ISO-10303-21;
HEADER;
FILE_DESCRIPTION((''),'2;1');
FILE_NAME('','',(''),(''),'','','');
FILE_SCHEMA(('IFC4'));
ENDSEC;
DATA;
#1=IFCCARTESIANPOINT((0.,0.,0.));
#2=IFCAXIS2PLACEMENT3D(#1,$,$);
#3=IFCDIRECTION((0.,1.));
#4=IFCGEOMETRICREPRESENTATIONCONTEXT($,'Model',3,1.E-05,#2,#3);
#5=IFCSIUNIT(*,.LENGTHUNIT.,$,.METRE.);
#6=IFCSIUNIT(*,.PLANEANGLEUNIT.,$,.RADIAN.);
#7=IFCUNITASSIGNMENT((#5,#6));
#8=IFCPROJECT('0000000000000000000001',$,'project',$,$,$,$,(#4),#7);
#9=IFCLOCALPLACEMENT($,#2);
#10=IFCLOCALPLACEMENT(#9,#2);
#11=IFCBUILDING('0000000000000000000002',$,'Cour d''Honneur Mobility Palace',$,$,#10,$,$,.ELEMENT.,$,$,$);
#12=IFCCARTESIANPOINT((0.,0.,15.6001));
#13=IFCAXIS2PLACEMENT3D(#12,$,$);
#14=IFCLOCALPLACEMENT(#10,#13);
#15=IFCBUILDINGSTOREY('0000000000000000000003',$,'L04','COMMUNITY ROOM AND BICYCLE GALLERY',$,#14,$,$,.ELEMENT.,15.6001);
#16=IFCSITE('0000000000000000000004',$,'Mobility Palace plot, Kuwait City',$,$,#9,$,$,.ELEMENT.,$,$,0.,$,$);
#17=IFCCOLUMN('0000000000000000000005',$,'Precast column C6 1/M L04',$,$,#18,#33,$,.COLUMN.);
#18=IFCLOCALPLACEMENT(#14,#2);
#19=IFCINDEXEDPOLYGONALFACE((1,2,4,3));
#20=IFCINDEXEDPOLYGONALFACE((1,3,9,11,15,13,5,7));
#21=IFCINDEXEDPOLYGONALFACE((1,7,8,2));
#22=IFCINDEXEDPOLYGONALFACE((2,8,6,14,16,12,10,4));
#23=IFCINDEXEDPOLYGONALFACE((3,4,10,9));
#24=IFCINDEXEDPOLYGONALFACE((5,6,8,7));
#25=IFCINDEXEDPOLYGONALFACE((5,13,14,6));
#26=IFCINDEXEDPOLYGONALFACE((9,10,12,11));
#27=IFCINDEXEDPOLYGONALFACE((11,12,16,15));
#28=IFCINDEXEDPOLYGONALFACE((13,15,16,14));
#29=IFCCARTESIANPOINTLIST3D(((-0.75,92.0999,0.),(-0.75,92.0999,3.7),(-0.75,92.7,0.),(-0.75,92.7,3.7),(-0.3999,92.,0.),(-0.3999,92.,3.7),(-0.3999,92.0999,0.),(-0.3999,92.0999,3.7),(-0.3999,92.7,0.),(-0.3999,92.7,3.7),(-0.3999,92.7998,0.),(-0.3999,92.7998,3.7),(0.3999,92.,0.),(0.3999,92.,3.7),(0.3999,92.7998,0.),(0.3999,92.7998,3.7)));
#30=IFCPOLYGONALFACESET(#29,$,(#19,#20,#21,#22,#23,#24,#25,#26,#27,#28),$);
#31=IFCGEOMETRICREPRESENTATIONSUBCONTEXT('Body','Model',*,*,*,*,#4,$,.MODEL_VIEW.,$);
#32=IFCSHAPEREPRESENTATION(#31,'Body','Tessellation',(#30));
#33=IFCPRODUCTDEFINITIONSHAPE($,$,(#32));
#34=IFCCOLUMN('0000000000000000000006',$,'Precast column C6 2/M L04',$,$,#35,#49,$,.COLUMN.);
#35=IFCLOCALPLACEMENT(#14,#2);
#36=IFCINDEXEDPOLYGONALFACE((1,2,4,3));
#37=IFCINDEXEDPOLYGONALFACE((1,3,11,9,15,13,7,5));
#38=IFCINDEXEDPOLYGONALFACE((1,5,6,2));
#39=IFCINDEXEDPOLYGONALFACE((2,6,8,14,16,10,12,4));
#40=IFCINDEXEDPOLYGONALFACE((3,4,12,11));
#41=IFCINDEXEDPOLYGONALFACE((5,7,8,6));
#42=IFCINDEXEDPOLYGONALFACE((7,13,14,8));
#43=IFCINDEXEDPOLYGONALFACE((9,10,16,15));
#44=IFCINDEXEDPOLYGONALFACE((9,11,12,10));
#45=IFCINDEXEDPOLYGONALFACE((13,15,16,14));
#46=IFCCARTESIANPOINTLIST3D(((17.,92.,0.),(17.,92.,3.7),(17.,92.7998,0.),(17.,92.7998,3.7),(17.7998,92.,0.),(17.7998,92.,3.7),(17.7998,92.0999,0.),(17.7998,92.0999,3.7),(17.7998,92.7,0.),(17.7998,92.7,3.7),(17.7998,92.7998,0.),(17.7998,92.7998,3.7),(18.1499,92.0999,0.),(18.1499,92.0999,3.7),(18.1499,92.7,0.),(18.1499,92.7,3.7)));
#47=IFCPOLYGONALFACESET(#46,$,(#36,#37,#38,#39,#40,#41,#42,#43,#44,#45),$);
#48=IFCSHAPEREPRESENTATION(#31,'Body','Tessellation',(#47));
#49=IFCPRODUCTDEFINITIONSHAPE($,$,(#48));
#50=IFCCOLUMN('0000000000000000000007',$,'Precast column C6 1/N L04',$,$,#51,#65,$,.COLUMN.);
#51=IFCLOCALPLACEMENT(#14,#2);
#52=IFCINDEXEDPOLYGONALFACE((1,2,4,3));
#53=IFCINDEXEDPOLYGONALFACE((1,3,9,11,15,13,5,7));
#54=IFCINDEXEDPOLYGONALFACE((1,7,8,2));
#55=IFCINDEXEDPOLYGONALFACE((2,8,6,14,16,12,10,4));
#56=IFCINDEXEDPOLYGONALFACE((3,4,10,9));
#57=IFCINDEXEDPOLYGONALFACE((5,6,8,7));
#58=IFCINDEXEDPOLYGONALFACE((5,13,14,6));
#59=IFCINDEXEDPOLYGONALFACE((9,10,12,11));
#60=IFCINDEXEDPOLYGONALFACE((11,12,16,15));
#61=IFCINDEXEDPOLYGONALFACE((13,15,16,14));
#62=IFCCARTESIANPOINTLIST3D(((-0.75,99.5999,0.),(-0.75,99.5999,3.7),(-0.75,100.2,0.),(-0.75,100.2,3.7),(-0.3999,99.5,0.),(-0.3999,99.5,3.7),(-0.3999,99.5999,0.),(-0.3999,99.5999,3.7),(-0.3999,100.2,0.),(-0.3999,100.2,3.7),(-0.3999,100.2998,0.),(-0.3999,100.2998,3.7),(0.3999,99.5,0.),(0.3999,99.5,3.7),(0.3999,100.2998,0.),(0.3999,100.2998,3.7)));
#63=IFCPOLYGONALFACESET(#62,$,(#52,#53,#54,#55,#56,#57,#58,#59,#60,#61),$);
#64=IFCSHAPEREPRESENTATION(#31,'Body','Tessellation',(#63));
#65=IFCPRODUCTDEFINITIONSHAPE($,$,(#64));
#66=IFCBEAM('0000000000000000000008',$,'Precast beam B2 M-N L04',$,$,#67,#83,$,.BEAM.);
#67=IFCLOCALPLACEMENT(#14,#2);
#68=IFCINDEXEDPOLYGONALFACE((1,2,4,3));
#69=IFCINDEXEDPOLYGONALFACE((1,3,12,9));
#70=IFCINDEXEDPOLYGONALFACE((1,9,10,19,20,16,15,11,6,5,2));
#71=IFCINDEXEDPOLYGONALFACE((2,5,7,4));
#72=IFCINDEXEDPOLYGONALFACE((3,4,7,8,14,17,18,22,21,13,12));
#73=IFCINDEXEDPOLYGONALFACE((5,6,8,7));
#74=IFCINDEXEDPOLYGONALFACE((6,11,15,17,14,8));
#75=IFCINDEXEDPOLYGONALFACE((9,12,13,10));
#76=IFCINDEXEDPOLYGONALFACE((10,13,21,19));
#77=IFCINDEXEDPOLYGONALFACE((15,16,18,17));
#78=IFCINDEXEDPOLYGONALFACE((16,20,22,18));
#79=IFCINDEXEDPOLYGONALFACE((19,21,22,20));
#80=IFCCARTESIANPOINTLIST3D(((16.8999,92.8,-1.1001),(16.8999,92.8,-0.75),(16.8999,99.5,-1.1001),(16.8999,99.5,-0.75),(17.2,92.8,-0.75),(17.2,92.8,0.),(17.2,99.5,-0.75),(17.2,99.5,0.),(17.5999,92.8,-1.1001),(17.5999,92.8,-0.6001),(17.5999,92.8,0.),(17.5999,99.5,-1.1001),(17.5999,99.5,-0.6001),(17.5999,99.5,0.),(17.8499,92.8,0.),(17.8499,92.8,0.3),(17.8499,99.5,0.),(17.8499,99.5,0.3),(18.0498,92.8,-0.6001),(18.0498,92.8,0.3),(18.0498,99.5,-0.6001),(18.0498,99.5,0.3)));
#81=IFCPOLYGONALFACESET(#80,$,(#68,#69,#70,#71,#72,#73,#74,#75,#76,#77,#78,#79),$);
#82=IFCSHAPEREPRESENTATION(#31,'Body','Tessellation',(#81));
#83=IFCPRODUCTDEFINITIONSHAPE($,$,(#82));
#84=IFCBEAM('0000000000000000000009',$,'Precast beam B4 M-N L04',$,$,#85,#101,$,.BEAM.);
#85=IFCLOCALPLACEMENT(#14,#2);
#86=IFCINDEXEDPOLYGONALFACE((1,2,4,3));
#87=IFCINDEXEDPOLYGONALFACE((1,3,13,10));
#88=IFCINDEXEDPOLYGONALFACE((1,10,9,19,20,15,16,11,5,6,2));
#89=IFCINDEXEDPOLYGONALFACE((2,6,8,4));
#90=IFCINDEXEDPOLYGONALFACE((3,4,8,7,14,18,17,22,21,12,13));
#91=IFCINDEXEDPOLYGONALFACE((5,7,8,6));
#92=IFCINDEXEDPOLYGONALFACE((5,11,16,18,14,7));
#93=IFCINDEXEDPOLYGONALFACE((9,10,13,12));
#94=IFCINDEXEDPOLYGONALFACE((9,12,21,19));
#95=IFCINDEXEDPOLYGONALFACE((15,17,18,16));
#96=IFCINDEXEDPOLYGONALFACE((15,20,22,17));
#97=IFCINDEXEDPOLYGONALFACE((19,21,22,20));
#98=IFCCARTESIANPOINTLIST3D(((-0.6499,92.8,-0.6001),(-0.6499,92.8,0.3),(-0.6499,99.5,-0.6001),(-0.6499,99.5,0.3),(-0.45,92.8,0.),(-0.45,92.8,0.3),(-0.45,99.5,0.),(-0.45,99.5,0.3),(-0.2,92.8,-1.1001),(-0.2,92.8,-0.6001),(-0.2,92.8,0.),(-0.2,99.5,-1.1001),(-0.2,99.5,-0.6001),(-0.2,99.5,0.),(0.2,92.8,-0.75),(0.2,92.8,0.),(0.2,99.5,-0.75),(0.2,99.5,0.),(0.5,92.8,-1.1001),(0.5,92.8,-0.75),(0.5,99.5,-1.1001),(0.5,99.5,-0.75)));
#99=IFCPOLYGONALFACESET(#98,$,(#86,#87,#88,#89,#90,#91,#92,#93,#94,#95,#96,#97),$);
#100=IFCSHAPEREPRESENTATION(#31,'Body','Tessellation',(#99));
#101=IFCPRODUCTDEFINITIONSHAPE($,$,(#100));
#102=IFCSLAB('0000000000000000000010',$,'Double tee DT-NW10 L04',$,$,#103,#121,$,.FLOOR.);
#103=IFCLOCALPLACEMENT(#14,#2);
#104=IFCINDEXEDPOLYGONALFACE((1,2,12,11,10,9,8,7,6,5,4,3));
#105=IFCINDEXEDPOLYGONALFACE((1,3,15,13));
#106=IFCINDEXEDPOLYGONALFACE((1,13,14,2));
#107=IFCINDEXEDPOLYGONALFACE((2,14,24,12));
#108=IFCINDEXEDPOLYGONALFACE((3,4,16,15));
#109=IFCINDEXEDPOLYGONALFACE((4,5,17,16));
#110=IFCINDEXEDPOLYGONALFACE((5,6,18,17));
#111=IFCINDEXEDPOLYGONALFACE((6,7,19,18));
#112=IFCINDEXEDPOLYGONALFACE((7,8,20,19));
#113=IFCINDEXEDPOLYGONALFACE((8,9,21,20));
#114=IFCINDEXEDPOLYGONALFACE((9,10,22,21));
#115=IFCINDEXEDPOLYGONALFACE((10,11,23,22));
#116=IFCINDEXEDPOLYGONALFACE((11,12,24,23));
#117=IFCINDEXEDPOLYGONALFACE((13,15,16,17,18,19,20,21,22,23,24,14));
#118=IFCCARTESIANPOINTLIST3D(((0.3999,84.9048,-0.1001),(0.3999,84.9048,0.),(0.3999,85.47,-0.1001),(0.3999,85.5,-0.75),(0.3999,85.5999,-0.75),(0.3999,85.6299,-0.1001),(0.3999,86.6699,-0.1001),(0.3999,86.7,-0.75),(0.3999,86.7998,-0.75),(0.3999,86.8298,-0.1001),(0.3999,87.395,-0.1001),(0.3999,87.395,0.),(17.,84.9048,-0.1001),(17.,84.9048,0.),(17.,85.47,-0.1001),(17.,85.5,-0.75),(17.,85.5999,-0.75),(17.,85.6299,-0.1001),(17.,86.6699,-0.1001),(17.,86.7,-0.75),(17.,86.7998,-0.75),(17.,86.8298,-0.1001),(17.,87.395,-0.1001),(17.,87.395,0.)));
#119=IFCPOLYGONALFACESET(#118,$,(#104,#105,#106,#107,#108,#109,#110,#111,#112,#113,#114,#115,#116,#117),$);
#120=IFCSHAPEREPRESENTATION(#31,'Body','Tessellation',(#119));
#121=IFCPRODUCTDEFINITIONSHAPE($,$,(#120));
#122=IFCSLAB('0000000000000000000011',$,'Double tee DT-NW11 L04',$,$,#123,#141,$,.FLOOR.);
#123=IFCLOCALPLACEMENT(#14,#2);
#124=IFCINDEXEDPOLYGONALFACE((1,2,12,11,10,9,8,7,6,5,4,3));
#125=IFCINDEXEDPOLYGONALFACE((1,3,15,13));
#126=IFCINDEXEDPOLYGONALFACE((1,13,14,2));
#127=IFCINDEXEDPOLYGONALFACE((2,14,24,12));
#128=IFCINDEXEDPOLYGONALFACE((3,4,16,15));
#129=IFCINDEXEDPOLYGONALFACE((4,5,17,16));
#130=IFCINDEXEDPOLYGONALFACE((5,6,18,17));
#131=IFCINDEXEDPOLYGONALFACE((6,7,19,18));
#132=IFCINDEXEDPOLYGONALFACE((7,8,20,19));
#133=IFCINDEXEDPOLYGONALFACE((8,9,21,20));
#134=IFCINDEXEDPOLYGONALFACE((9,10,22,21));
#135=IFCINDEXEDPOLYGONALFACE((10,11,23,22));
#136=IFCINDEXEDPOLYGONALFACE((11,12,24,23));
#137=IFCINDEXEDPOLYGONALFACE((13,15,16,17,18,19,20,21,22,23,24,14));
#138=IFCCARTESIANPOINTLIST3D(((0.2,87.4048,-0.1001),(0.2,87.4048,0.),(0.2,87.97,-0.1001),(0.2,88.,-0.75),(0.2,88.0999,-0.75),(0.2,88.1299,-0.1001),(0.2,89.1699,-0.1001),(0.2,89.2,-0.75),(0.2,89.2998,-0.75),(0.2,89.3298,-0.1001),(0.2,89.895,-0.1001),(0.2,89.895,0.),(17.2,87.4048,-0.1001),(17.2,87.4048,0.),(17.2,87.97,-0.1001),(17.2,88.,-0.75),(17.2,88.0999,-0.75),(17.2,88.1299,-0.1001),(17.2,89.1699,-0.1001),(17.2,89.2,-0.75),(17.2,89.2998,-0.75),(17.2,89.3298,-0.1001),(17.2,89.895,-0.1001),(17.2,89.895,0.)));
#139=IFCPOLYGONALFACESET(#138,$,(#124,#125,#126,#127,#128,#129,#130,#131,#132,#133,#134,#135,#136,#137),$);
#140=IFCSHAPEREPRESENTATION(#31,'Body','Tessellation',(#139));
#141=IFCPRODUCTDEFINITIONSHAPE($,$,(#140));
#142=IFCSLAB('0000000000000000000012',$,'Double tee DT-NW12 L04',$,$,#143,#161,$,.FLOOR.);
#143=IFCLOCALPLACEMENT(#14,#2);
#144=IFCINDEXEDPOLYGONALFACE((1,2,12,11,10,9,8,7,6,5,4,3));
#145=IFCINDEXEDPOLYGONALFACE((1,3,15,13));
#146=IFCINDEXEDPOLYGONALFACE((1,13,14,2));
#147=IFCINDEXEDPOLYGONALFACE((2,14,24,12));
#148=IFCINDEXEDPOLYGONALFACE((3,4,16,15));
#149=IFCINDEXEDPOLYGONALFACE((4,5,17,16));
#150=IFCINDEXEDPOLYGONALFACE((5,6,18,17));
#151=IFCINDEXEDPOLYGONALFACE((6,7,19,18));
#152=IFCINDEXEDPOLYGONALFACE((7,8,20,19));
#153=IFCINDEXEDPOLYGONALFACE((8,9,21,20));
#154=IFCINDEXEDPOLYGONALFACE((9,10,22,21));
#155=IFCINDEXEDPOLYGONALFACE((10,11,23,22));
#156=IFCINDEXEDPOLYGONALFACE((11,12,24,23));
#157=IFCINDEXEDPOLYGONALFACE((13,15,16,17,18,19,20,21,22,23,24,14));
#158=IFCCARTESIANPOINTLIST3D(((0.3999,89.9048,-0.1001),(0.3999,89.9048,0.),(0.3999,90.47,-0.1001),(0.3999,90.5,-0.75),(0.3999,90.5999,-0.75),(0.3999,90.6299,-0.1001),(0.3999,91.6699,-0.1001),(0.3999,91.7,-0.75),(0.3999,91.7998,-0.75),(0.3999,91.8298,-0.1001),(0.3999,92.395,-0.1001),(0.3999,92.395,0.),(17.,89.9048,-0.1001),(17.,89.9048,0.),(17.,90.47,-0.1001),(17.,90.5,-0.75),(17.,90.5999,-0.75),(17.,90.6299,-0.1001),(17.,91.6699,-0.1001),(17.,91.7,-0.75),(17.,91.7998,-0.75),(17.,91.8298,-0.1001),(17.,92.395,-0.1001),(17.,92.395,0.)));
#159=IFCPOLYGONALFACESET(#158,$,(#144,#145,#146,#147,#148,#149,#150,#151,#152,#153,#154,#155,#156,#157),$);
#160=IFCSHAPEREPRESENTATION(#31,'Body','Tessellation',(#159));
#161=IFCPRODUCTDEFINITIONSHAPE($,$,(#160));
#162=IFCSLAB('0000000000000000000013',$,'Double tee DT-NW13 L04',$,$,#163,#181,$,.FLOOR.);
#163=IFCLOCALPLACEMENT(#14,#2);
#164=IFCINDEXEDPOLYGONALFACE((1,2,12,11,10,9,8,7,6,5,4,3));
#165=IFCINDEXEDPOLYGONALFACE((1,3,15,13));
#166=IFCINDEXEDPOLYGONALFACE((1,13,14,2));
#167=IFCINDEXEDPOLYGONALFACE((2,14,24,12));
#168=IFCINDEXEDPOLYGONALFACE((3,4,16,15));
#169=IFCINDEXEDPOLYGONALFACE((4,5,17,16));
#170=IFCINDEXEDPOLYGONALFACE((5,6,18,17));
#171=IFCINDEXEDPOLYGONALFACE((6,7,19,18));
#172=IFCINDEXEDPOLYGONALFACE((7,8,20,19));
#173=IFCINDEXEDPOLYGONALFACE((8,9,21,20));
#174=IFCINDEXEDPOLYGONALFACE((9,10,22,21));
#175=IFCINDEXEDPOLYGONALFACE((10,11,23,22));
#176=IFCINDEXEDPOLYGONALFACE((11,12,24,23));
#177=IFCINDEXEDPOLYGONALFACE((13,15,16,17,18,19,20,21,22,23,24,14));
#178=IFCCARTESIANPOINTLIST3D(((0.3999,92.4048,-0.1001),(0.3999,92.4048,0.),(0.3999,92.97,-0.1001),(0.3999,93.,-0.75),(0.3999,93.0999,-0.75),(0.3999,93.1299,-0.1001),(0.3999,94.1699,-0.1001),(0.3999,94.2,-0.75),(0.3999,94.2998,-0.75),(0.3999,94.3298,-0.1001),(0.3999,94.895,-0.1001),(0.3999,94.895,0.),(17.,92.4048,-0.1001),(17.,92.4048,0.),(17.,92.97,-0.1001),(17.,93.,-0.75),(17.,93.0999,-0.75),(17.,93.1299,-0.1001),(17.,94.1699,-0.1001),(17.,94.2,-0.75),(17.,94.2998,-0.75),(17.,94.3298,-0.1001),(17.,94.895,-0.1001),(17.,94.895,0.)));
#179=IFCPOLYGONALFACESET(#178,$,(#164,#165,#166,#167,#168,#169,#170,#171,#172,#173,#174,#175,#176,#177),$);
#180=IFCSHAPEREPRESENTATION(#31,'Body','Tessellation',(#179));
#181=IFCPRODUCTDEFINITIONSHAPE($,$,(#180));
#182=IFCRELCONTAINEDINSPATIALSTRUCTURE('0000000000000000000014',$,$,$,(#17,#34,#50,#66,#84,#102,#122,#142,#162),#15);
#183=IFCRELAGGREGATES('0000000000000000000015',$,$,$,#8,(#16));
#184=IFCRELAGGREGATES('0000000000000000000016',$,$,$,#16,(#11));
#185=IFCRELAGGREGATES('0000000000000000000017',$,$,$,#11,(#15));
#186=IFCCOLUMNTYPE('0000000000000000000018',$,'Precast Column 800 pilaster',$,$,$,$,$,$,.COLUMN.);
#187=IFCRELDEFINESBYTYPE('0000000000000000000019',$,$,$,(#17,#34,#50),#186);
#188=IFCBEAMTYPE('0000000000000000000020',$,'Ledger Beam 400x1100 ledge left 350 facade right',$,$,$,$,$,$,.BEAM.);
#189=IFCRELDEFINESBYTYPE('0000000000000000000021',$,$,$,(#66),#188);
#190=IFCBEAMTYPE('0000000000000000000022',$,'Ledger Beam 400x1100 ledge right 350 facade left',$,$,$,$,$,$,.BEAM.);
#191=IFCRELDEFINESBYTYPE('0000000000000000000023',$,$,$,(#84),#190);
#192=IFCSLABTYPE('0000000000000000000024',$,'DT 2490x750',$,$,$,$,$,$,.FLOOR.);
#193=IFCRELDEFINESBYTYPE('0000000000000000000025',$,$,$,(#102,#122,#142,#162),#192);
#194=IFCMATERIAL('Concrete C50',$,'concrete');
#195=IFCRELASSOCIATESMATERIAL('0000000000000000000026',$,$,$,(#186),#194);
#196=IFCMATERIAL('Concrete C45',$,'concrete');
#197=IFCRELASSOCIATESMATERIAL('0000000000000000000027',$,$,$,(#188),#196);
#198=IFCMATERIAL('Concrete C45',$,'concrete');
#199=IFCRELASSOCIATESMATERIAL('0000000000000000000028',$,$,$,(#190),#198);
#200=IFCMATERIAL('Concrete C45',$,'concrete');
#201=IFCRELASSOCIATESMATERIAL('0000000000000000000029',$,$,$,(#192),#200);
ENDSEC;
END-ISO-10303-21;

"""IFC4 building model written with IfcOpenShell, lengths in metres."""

from ifc_helpers import new_model, si_unit, direction, frame, origin, place, context, subcontext, project, spatial, polyline, outline, extrude, material, material_profile, profile_set, type_object, element, save


model = new_model("IFC4")

# Units and contexts
model_context = context("Model", 3, precision=1e-05, world=origin(), true_north=direction((0.0, 1.0)))
body_context = subcontext(model_context, "Body", "Model", "MODEL_VIEW")
ifc_project = project(units=[si_unit("LENGTHUNIT", "METRE"), si_unit("PLANEANGLEUNIT", "RADIAN")], contexts=[model_context])

# Site, building, storey
site_placement = place(None, origin())
site = spatial("IfcSite", under=ifc_project, at=site_placement, Name="Mobility Palace plot, Kuwait City", CompositionType="ELEMENT", RefElevation=0.0)
building_placement = place(site_placement, origin())
building = spatial("IfcBuilding", under=site, at=building_placement, Name="Cour d'Honneur Mobility Palace", CompositionType="ELEMENT")
storey_placement = place(building_placement, frame((0.0, 0.0, 15.6001)))
storey = spatial("IfcBuildingStorey", under=building, at=storey_placement, Name="L04", Description="COMMUNITY ROOM AND BICYCLE GALLERY", CompositionType="ELEMENT", Elevation=15.6001)

# Columns
ifc_material_1 = material(Name="Concrete C50", Category="concrete")
ifc_material_profile_1 = material_profile(ifc_material_1, outline(polyline([(-0.3999, -0.3999), (0.3999, -0.3999), (0.3999, -0.3), (0.75, -0.3), (0.75, 0.3), (0.3999, 0.3), (0.3999, 0.3999), (-0.3999, 0.3999), (-0.3999, -0.3999)])), Name="PC C800 pilaster")
ifc_profile_set_1 = profile_set([ifc_material_profile_1], Name="Concrete C50")
column_type = type_object("IfcColumnType", Name="Precast Column 800 pilaster", PredefinedType="COLUMN", material=ifc_profile_set_1)
for number, where, z_axis, x_axis, name in (
    (1, (0.0, 92.3999, 0.0), (0.0, 0.0, 1.0), (-1.0, 0.0, 0.0), "Precast column C6 1/M L04"),
    (2, (17.3999, 92.3999, 0.0), (0.0, 0.0, 1.0), (1.0, 0.0, 0.0), "Precast column C6 2/M L04"),
    (3, (0.0, 99.8999, 0.0), (0.0, 0.0, 1.0), (-1.0, 0.0, 0.0), "Precast column C6 1/N L04"),
):
    element("IfcColumn", number, at=place(storey_placement, frame(where, z_axis=z_axis, x_axis=x_axis)), inside=storey, type_object=column_type, Name=name, PredefinedType="COLUMN", context=body_context, shape_type="SweptSolid", body=[
        extrude(outline(polyline([(-0.3999, -0.3999), (0.3999, -0.3999), (0.3999, -0.3), (0.75, -0.3), (0.75, 0.3), (0.3999, 0.3), (0.3999, 0.3999), (-0.3999, 0.3999), (-0.3999, -0.3999)])), origin(), (0.0, 0.0, 1.0), 3.7),
    ])

# Beams
ifc_material_2 = material(Name="Concrete C45", Category="concrete")
ifc_material_profile_2 = material_profile(ifc_material_2, outline(polyline([(0.5, -1.1001), (0.5, -0.75), (0.2, -0.75), (0.2, 0.0), (-0.2, 0.0), (-0.45, 0.0), (-0.45, 0.3), (-0.6499, 0.3), (-0.6499, -0.6001), (-0.2, -0.6001), (-0.2, -1.1001), (0.5, -1.1001)])), Name="Ledger Beam 400x1100 ledge left 350 facade right")
ifc_profile_set_2 = profile_set([ifc_material_profile_2], Name="Concrete C45")
beam_type_1 = type_object("IfcBeamType", Name="Ledger Beam 400x1100 ledge left 350 facade right", PredefinedType="BEAM", material=ifc_profile_set_2)
beam_1_placement = place(storey_placement, frame((17.3999, 92.8, 0.0), z_axis=(0.0, 1.0, 0.0), x_axis=(-1.0, 0.0, 0.0)))
element("IfcBeam", 4, at=beam_1_placement, inside=storey, type_object=beam_type_1, Name="Precast beam B2 M-N L04", PredefinedType="BEAM", context=body_context, shape_type="SweptSolid", body=[
    extrude(outline(polyline([(0.5, -1.1001), (0.5, -0.75), (0.2, -0.75), (0.2, 0.0), (-0.2, 0.0), (-0.45, 0.0), (-0.45, 0.3), (-0.6499, 0.3), (-0.6499, -0.6001), (-0.2, -0.6001), (-0.2, -1.1001), (0.5, -1.1001)])), origin(), (0.0, 0.0, 1.0), 6.7),
])
ifc_material_3 = material(Name="Concrete C45", Category="concrete")
ifc_material_profile_3 = material_profile(ifc_material_3, outline(polyline([(0.2, -1.1001), (0.2, -0.6001), (0.6499, -0.6001), (0.6499, 0.3), (0.45, 0.3), (0.45, 0.0), (0.2, 0.0), (-0.2, 0.0), (-0.2, -0.75), (-0.5, -0.75), (-0.5, -1.1001), (0.2, -1.1001)])), Name="Ledger Beam 400x1100 ledge right 350 facade left")
ifc_profile_set_3 = profile_set([ifc_material_profile_3], Name="Concrete C45")
beam_type_2 = type_object("IfcBeamType", Name="Ledger Beam 400x1100 ledge right 350 facade left", PredefinedType="BEAM", material=ifc_profile_set_3)
beam_2_placement = place(storey_placement, frame((0.0, 92.8, 0.0), z_axis=(0.0, 1.0, 0.0), x_axis=(-1.0, 0.0, 0.0)))
element("IfcBeam", 5, at=beam_2_placement, inside=storey, type_object=beam_type_2, Name="Precast beam B4 M-N L04", PredefinedType="BEAM", context=body_context, shape_type="SweptSolid", body=[
    extrude(outline(polyline([(0.2, -1.1001), (0.2, -0.6001), (0.6499, -0.6001), (0.6499, 0.3), (0.45, 0.3), (0.45, 0.0), (0.2, 0.0), (-0.2, 0.0), (-0.2, -0.75), (-0.5, -0.75), (-0.5, -1.1001), (0.2, -1.1001)])), origin(), (0.0, 0.0, 1.0), 6.7),
])

# Slabs
ifc_material_4 = material(Name="Concrete C45", Category="concrete")
ifc_material_profile_4 = material_profile(ifc_material_4, outline(polyline([(-1.2451, 0.0), (1.2451, 0.0), (1.2451, -0.1001), (0.6799, -0.1001), (0.6499, -0.75), (0.55, -0.75), (0.52, -0.1001), (-0.52, -0.1001), (-0.55, -0.75), (-0.6499, -0.75), (-0.6799, -0.1001), (-1.2451, -0.1001), (-1.2451, 0.0)])), Name="DT 2490x750")
ifc_profile_set_4 = profile_set([ifc_material_profile_4], Name="Concrete C45")
slab_type = type_object("IfcSlabType", Name="DT 2490x750", PredefinedType="FLOOR", material=ifc_profile_set_4)
slab_1_placement = place(storey_placement, frame((0.3999, 86.1499, 0.0), z_axis=(1.0, 0.0, 0.0), x_axis=(0.0, 1.0, 0.0)))
element("IfcSlab", 6, at=slab_1_placement, inside=storey, type_object=slab_type, Name="Double tee DT-NW10 L04", PredefinedType="FLOOR", context=body_context, shape_type="SweptSolid", body=[
    extrude(outline(polyline([(-1.2451, 0.0), (1.2451, 0.0), (1.2451, -0.1001), (0.6799, -0.1001), (0.6499, -0.75), (0.55, -0.75), (0.52, -0.1001), (-0.52, -0.1001), (-0.55, -0.75), (-0.6499, -0.75), (-0.6799, -0.1001), (-1.2451, -0.1001), (-1.2451, 0.0)])), origin(), (0.0, 0.0, 1.0), 16.6001),
])
slab_2_placement = place(storey_placement, frame((0.2, 88.6499, 0.0), z_axis=(1.0, 0.0, 0.0), x_axis=(0.0, 1.0, 0.0)))
element("IfcSlab", 7, at=slab_2_placement, inside=storey, type_object=slab_type, Name="Double tee DT-NW11 L04", PredefinedType="FLOOR", context=body_context, shape_type="SweptSolid", body=[
    extrude(outline(polyline([(-1.2451, 0.0), (1.2451, 0.0), (1.2451, -0.1001), (0.6799, -0.1001), (0.6499, -0.75), (0.55, -0.75), (0.52, -0.1001), (-0.52, -0.1001), (-0.55, -0.75), (-0.6499, -0.75), (-0.6799, -0.1001), (-1.2451, -0.1001), (-1.2451, 0.0)])), origin(), (0.0, 0.0, 1.0), 17.0),
])
for number, where, z_axis, x_axis, name in (
    (8, (0.3999, 91.1499, 0.0), (1.0, 0.0, 0.0), (0.0, 1.0, 0.0), "Double tee DT-NW12 L04"),
    (9, (0.3999, 93.6499, 0.0), (1.0, 0.0, 0.0), (0.0, 1.0, 0.0), "Double tee DT-NW13 L04"),
):
    element("IfcSlab", number, at=place(storey_placement, frame(where, z_axis=z_axis, x_axis=x_axis)), inside=storey, type_object=slab_type, Name=name, PredefinedType="FLOOR", context=body_context, shape_type="SweptSolid", body=[
        extrude(outline(polyline([(-1.2451, 0.0), (1.2451, 0.0), (1.2451, -0.1001), (0.6799, -0.1001), (0.6499, -0.75), (0.55, -0.75), (0.52, -0.1001), (-0.52, -0.1001), (-0.55, -0.75), (-0.6499, -0.75), (-0.6799, -0.1001), (-1.2451, -0.1001), (-1.2451, 0.0)])), origin(), (0.0, 0.0, 1.0), 16.6001),
    ])

save(model, "model.ifc")
